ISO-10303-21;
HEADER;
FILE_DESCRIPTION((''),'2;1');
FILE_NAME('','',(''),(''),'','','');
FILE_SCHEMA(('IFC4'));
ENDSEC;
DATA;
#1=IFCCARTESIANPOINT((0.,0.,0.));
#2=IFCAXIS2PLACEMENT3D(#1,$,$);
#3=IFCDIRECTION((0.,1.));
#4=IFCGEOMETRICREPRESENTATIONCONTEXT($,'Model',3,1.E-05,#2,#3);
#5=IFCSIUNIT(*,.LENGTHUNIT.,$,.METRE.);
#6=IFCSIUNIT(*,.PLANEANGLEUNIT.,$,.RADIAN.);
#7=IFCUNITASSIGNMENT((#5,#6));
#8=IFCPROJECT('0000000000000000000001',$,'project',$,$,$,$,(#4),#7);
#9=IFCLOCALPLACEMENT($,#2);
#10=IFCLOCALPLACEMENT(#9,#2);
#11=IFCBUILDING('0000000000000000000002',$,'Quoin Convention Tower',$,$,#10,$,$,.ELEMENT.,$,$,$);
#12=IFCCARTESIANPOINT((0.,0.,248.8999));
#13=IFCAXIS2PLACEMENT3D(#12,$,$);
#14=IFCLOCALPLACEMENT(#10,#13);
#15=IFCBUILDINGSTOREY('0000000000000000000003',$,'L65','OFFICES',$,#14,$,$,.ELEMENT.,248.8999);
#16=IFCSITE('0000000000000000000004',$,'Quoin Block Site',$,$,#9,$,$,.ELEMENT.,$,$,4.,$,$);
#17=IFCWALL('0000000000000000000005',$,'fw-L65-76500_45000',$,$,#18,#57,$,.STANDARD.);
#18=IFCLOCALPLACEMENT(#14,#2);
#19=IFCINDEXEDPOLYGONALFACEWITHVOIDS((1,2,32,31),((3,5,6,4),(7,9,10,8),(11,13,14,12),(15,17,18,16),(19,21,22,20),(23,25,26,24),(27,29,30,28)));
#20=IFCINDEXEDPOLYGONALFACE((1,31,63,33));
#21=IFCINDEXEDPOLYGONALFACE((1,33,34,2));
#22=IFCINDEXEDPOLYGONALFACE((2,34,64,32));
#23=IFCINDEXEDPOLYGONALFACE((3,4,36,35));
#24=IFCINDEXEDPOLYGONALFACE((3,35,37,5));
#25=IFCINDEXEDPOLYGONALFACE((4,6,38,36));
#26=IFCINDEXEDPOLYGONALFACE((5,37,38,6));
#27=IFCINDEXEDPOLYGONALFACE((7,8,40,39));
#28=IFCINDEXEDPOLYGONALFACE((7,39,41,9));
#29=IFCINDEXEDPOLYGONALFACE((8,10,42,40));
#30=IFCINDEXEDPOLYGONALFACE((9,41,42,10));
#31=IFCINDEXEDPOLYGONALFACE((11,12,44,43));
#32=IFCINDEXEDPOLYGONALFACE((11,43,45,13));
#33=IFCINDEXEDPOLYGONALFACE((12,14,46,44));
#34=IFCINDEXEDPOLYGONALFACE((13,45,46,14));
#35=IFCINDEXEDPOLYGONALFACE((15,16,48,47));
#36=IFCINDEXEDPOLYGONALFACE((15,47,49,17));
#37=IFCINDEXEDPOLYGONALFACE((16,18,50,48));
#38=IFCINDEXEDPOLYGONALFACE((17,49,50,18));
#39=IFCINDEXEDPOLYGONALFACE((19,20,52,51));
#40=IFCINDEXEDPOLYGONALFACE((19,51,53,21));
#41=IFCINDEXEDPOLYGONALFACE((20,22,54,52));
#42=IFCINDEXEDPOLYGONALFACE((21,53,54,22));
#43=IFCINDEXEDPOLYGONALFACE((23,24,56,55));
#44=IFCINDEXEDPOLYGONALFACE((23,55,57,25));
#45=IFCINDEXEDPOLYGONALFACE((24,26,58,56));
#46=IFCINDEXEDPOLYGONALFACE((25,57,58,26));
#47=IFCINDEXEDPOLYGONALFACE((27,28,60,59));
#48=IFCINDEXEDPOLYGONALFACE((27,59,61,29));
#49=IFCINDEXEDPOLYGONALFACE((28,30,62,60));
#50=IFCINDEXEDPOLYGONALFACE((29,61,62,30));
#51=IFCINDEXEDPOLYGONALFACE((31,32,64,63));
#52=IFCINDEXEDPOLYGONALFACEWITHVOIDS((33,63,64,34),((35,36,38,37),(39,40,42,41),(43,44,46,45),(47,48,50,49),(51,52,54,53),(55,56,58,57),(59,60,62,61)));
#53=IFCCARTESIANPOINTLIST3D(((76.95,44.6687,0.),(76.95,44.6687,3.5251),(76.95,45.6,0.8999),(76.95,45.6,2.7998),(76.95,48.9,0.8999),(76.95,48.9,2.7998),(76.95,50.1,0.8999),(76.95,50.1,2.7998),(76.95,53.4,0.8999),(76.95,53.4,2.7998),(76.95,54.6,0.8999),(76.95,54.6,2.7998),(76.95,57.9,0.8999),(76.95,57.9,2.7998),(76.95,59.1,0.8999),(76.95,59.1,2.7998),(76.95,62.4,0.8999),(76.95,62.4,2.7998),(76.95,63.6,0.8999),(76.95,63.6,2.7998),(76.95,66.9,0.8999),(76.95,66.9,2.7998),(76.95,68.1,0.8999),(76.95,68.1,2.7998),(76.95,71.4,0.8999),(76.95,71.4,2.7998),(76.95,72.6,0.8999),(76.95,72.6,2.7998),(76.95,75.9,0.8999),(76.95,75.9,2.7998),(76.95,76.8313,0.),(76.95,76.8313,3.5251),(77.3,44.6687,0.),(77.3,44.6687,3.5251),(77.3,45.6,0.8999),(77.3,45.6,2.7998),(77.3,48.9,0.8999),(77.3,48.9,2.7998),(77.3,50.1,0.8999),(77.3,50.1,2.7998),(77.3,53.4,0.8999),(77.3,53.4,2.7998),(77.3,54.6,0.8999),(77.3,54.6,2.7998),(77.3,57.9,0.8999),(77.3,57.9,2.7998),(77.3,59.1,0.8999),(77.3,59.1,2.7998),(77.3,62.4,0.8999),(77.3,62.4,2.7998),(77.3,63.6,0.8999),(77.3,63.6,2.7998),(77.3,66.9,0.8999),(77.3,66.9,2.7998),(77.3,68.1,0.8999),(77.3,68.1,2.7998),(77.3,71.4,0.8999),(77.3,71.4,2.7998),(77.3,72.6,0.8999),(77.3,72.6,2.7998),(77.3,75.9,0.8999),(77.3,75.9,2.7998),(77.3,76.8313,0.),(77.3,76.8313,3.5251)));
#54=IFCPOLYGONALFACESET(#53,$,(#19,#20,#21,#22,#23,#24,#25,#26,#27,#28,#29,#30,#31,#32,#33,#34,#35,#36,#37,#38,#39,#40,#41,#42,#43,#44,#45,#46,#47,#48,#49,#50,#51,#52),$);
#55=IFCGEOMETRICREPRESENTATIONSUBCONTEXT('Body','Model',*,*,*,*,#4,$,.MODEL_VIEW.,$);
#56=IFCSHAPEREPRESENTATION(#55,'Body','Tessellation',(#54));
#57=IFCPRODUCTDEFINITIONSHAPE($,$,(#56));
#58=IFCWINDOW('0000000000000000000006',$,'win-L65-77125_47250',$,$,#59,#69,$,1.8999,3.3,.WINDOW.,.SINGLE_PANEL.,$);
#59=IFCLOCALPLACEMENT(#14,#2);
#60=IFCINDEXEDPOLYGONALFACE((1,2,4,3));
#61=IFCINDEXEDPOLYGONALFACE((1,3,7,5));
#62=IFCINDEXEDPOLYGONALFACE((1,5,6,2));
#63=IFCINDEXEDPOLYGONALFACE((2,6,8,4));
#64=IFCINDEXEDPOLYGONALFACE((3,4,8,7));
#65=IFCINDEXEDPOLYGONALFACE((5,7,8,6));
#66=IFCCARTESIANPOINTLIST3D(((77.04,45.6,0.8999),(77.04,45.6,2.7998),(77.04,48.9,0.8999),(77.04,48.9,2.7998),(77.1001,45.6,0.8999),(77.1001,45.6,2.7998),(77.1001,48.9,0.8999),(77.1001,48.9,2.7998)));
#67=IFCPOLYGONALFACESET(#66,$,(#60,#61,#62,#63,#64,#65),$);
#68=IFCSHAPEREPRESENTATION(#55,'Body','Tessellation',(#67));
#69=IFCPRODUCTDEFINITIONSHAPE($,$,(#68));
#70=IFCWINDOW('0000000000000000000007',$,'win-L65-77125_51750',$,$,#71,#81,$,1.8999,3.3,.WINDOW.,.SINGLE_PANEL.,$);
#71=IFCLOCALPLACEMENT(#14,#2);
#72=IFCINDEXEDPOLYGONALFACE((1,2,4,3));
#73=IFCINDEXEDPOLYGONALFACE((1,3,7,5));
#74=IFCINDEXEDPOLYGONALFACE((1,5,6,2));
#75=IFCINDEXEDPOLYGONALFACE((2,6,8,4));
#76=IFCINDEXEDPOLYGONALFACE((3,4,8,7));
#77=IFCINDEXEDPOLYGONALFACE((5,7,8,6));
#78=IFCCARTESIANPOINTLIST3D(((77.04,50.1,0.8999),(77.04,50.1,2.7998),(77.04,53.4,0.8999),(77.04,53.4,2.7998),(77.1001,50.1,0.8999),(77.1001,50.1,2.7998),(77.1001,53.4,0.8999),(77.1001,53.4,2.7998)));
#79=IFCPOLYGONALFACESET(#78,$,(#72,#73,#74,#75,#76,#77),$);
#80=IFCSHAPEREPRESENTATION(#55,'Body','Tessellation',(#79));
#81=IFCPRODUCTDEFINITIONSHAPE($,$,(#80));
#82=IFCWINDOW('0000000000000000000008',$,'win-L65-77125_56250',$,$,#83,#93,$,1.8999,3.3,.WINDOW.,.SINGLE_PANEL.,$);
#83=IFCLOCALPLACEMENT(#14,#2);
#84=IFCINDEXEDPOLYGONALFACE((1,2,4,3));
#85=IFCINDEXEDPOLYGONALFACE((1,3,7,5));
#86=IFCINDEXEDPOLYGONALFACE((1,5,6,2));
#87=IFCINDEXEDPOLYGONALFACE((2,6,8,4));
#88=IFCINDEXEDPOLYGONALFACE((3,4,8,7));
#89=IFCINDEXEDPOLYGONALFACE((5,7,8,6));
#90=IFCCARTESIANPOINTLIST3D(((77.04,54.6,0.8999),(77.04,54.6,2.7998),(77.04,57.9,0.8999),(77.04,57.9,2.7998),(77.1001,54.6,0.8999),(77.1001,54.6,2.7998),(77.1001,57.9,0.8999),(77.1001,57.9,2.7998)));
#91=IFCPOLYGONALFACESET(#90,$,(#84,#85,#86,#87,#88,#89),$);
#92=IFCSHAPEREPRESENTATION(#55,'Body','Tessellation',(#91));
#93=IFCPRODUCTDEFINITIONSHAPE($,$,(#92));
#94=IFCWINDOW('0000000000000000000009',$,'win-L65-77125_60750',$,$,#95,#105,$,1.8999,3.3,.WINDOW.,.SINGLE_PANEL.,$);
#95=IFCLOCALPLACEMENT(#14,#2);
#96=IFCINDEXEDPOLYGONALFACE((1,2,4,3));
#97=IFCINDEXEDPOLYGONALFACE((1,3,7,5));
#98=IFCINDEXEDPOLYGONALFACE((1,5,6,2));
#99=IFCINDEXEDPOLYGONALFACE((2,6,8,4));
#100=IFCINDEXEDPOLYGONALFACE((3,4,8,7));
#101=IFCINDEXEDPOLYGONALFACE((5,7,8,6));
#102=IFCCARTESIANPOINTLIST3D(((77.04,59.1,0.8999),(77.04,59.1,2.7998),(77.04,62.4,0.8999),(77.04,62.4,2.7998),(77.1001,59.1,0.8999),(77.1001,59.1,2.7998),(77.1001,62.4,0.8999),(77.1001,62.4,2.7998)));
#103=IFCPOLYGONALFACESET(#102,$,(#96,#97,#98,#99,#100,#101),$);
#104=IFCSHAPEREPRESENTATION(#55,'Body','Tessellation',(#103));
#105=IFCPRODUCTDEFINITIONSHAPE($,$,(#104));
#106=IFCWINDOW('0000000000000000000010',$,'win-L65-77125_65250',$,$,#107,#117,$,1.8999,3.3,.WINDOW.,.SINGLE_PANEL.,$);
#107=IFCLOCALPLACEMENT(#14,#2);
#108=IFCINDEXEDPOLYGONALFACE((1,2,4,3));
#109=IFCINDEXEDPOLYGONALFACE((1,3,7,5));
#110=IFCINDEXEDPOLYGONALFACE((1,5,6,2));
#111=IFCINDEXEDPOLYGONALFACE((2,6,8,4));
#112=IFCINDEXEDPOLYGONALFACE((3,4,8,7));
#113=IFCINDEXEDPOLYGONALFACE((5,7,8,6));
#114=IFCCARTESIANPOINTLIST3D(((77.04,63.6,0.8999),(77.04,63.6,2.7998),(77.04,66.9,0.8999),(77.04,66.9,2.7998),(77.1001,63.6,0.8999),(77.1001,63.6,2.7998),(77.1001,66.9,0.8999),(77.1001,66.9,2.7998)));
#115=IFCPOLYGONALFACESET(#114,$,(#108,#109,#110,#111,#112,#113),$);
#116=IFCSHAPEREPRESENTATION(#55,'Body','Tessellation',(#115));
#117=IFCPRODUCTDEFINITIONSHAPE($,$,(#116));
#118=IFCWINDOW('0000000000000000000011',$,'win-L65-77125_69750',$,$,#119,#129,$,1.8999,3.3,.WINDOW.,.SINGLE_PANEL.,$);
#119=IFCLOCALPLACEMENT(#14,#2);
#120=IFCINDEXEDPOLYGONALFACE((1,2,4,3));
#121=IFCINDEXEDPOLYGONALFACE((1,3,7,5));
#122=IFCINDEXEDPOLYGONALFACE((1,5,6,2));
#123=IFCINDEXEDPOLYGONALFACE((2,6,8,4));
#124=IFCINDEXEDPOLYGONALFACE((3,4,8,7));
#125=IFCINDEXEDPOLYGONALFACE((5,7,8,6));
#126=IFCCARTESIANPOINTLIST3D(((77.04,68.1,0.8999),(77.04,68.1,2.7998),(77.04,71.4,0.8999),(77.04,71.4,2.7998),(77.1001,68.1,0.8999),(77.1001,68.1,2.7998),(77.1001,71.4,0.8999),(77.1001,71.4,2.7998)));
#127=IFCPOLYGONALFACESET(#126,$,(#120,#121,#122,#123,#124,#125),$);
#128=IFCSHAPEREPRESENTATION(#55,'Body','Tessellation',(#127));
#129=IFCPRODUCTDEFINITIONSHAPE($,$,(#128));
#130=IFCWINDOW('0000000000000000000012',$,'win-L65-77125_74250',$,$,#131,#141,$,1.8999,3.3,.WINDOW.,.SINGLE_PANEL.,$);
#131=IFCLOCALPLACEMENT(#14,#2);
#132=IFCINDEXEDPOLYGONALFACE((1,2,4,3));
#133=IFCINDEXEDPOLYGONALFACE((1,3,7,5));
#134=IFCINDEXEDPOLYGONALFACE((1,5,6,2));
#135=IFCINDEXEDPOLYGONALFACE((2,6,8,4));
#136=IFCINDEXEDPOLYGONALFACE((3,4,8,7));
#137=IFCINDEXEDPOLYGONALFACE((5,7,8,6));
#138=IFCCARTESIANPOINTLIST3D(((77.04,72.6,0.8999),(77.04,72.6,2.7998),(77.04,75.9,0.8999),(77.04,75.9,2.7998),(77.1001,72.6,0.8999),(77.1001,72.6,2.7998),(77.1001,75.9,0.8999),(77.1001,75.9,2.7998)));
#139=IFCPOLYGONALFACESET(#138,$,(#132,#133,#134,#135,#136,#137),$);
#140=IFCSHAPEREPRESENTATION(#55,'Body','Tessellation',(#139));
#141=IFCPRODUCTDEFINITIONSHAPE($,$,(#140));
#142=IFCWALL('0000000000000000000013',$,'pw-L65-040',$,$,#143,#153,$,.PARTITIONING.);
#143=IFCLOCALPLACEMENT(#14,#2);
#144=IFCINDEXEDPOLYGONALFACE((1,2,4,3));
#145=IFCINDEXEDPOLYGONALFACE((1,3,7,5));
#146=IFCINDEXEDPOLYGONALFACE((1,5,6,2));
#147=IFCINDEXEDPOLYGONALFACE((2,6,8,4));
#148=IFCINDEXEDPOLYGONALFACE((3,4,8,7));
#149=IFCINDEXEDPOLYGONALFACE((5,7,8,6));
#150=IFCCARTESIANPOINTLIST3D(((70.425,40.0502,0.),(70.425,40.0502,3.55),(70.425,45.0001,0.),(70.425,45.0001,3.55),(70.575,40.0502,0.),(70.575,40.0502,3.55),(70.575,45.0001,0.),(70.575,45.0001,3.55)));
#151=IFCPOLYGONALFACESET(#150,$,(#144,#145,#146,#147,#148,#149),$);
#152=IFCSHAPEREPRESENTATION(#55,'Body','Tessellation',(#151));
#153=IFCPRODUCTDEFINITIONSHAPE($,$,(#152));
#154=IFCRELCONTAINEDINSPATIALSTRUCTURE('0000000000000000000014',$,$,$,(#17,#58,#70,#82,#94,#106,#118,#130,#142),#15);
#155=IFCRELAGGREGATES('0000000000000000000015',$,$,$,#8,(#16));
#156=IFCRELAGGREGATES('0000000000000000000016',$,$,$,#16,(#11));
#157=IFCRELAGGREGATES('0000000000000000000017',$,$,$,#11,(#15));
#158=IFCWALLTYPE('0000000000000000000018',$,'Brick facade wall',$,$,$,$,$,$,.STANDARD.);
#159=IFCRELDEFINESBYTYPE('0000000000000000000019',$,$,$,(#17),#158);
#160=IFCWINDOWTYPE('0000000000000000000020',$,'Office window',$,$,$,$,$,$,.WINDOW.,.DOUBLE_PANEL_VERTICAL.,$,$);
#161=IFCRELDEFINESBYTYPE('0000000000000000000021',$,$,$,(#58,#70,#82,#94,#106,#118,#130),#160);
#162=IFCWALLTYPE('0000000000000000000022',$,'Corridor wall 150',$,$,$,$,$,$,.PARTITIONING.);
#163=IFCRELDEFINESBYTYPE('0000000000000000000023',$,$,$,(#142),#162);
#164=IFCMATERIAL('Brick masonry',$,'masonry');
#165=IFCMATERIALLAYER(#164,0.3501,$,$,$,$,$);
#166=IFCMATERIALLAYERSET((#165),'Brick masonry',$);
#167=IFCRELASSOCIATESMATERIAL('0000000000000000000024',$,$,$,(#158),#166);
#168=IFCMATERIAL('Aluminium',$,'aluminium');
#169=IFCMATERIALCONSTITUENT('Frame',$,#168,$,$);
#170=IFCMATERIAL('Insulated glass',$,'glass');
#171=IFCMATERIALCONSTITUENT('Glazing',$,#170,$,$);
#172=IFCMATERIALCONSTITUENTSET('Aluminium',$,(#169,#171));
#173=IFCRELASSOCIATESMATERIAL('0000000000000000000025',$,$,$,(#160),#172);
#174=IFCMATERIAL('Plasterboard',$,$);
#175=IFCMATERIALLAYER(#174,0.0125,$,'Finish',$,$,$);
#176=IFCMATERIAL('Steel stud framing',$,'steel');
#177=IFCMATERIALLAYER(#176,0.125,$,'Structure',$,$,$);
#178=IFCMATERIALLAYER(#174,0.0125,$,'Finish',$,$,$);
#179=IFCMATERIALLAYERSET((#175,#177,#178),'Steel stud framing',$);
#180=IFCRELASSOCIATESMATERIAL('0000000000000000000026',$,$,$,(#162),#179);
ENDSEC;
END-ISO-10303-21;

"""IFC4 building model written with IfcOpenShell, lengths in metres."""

from ifc_helpers import new_model, si_unit, direction, frame, frame_2d, origin, place, context, subcontext, project, spatial, rectangle, extrude, material, layer, layer_set, constituent, constituent_set, type_object, element, fill, save


model = new_model("IFC4")

# Units and contexts
model_context = context("Model", 3, precision=1e-05, world=origin(), true_north=direction((0.0, 1.0)))
body_context = subcontext(model_context, "Body", "Model", "MODEL_VIEW")
ifc_project = project(units=[si_unit("LENGTHUNIT", "METRE"), si_unit("PLANEANGLEUNIT", "RADIAN")], contexts=[model_context])

# Site, building, storey
site_placement = place(None, origin())
site = spatial("IfcSite", under=ifc_project, at=site_placement, Name="Quoin Block Site", CompositionType="ELEMENT", RefElevation=4.0)
building_placement = place(site_placement, origin())
building = spatial("IfcBuilding", under=site, at=building_placement, Name="Quoin Convention Tower", CompositionType="ELEMENT")
storey_placement = place(building_placement, frame((0.0, 0.0, 248.8999)))
storey = spatial("IfcBuildingStorey", under=building, at=storey_placement, Name="L65", Description="OFFICES", CompositionType="ELEMENT", Elevation=248.8999)

# Shared definitions
ifc_material_1 = material(Name="Brick masonry", Category="masonry")
ifc_layer_1 = layer(ifc_material_1, 0.3501)
ifc_layer_set_1 = layer_set([ifc_layer_1], Name="Brick masonry")
wall_type_1 = type_object("IfcWallType", Name="Brick facade wall", PredefinedType="STANDARD", material=ifc_layer_set_1)
ifc_material_2 = material(Name="Aluminium", Category="aluminium")
ifc_constituent_1 = constituent(ifc_material_2, Name="Frame")
ifc_material_3 = material(Name="Insulated glass", Category="glass")
ifc_constituent_2 = constituent(ifc_material_3, Name="Glazing")
ifc_constituent_set = constituent_set(constituents=[ifc_constituent_1, ifc_constituent_2], Name="Aluminium")
window_type = type_object("IfcWindowType", Name="Office window", PartitioningType="DOUBLE_PANEL_VERTICAL", PredefinedType="WINDOW", material=ifc_constituent_set)

# Wall, openings, windows
wall_1_placement = place(storey_placement, frame((77.125, 44.6687, 0.0), z_axis=(0.0, 0.0, 1.0), x_axis=(0.0, 1.0, 0.0)))
wall_1 = element("IfcWall", 1, at=wall_1_placement, inside=storey, type_object=wall_type_1, Name="fw-L65-76500_45000", PredefinedType="STANDARD", context=body_context, shape_type="SweptSolid", body=[
    extrude(rectangle(XDim=32.1626, YDim=0.3501, at=frame_2d((16.0813, 0.0))), origin(), (0.0, 0.0, 1.0), 3.5251),
])
opening_1_placement = place(wall_1_placement, frame((0.9314, 0.0, 0.8999)))
opening_1 = element("IfcOpeningElement", 2, at=opening_1_placement, cuts=wall_1, PredefinedType="OPENING", context=body_context, shape_type="SweptSolid", body=[
    extrude(rectangle(XDim=3.3, YDim=1.8999, at=frame_2d((1.6499, 0.95))), frame((0.0, 0.1851, 0.0), z_axis=(0.0, -1.0, 0.0), x_axis=(1.0, 0.0, 0.0)), (0.0, 0.0, 1.0), 0.3701),
])
opening_2_placement = place(wall_1_placement, frame((5.4314, 0.0, 0.8999)))
opening_2 = element("IfcOpeningElement", 3, at=opening_2_placement, cuts=wall_1, PredefinedType="OPENING", context=body_context, shape_type="SweptSolid", body=[
    extrude(rectangle(XDim=3.3, YDim=1.8999, at=frame_2d((1.6499, 0.95))), frame((0.0, 0.1851, 0.0), z_axis=(0.0, -1.0, 0.0), x_axis=(1.0, 0.0, 0.0)), (0.0, 0.0, 1.0), 0.3701),
])
opening_3_placement = place(wall_1_placement, frame((9.9314, 0.0, 0.8999)))
opening_3 = element("IfcOpeningElement", 4, at=opening_3_placement, cuts=wall_1, PredefinedType="OPENING", context=body_context, shape_type="SweptSolid", body=[
    extrude(rectangle(XDim=3.3, YDim=1.8999, at=frame_2d((1.6499, 0.95))), frame((0.0, 0.1851, 0.0), z_axis=(0.0, -1.0, 0.0), x_axis=(1.0, 0.0, 0.0)), (0.0, 0.0, 1.0), 0.3701),
])
opening_4_placement = place(wall_1_placement, frame((14.4314, 0.0, 0.8999)))
opening_4 = element("IfcOpeningElement", 5, at=opening_4_placement, cuts=wall_1, PredefinedType="OPENING", context=body_context, shape_type="SweptSolid", body=[
    extrude(rectangle(XDim=3.3, YDim=1.8999, at=frame_2d((1.6499, 0.95))), frame((0.0, 0.1851, 0.0), z_axis=(0.0, -1.0, 0.0), x_axis=(1.0, 0.0, 0.0)), (0.0, 0.0, 1.0), 0.3701),
])
opening_5_placement = place(wall_1_placement, frame((18.9314, 0.0, 0.8999)))
opening_5 = element("IfcOpeningElement", 6, at=opening_5_placement, cuts=wall_1, PredefinedType="OPENING", context=body_context, shape_type="SweptSolid", body=[
    extrude(rectangle(XDim=3.3, YDim=1.8999, at=frame_2d((1.6499, 0.95))), frame((0.0, 0.1851, 0.0), z_axis=(0.0, -1.0, 0.0), x_axis=(1.0, 0.0, 0.0)), (0.0, 0.0, 1.0), 0.3701),
])
opening_6_placement = place(wall_1_placement, frame((23.4314, 0.0, 0.8999)))
opening_6 = element("IfcOpeningElement", 7, at=opening_6_placement, cuts=wall_1, PredefinedType="OPENING", context=body_context, shape_type="SweptSolid", body=[
    extrude(rectangle(XDim=3.3, YDim=1.8999, at=frame_2d((1.6499, 0.95))), frame((0.0, 0.1851, 0.0), z_axis=(0.0, -1.0, 0.0), x_axis=(1.0, 0.0, 0.0)), (0.0, 0.0, 1.0), 0.3701),
])
opening_7_placement = place(wall_1_placement, frame((27.9314, 0.0, 0.8999)))
opening_7 = element("IfcOpeningElement", 8, at=opening_7_placement, cuts=wall_1, PredefinedType="OPENING", context=body_context, shape_type="SweptSolid", body=[
    extrude(rectangle(XDim=3.3, YDim=1.8999, at=frame_2d((1.6499, 0.95))), frame((0.0, 0.1851, 0.0), z_axis=(0.0, -1.0, 0.0), x_axis=(1.0, 0.0, 0.0)), (0.0, 0.0, 1.0), 0.3701),
])
window_1_placement = place(opening_1_placement, origin())
window_1 = element("IfcWindow", 9, at=window_1_placement, inside=storey, type_object=window_type, Name="win-L65-77125_47250", OverallHeight=1.8999, OverallWidth=3.3, PartitioningType="SINGLE_PANEL", PredefinedType="WINDOW", context=body_context, shape_type="SweptSolid", body=[
    extrude(rectangle(XDim=3.3, YDim=1.8999, at=frame_2d((1.6499, 0.95))), frame((0.0, 0.085, 0.0), z_axis=(0.0, -1.0, 0.0), x_axis=(1.0, 0.0, 0.0)), (0.0, 0.0, 1.0), 0.0601),
])
fill(opening_1, window_1)
window_2_placement = place(opening_2_placement, origin())
window_2 = element("IfcWindow", 10, at=window_2_placement, inside=storey, type_object=window_type, Name="win-L65-77125_51750", OverallHeight=1.8999, OverallWidth=3.3, PartitioningType="SINGLE_PANEL", PredefinedType="WINDOW", context=body_context, shape_type="SweptSolid", body=[
    extrude(rectangle(XDim=3.3, YDim=1.8999, at=frame_2d((1.6499, 0.95))), frame((0.0, 0.085, 0.0), z_axis=(0.0, -1.0, 0.0), x_axis=(1.0, 0.0, 0.0)), (0.0, 0.0, 1.0), 0.0601),
])
fill(opening_2, window_2)
window_3_placement = place(opening_3_placement, origin())
window_3 = element("IfcWindow", 11, at=window_3_placement, inside=storey, type_object=window_type, Name="win-L65-77125_56250", OverallHeight=1.8999, OverallWidth=3.3, PartitioningType="SINGLE_PANEL", PredefinedType="WINDOW", context=body_context, shape_type="SweptSolid", body=[
    extrude(rectangle(XDim=3.3, YDim=1.8999, at=frame_2d((1.6499, 0.95))), frame((0.0, 0.085, 0.0), z_axis=(0.0, -1.0, 0.0), x_axis=(1.0, 0.0, 0.0)), (0.0, 0.0, 1.0), 0.0601),
])
fill(opening_3, window_3)
window_4_placement = place(opening_4_placement, origin())
window_4 = element("IfcWindow", 12, at=window_4_placement, inside=storey, type_object=window_type, Name="win-L65-77125_60750", OverallHeight=1.8999, OverallWidth=3.3, PartitioningType="SINGLE_PANEL", PredefinedType="WINDOW", context=body_context, shape_type="SweptSolid", body=[
    extrude(rectangle(XDim=3.3, YDim=1.8999, at=frame_2d((1.6499, 0.95))), frame((0.0, 0.085, 0.0), z_axis=(0.0, -1.0, 0.0), x_axis=(1.0, 0.0, 0.0)), (0.0, 0.0, 1.0), 0.0601),
])
fill(opening_4, window_4)
window_5_placement = place(opening_5_placement, origin())
window_5 = element("IfcWindow", 13, at=window_5_placement, inside=storey, type_object=window_type, Name="win-L65-77125_65250", OverallHeight=1.8999, OverallWidth=3.3, PartitioningType="SINGLE_PANEL", PredefinedType="WINDOW", context=body_context, shape_type="SweptSolid", body=[
    extrude(rectangle(XDim=3.3, YDim=1.8999, at=frame_2d((1.6499, 0.95))), frame((0.0, 0.085, 0.0), z_axis=(0.0, -1.0, 0.0), x_axis=(1.0, 0.0, 0.0)), (0.0, 0.0, 1.0), 0.0601),
])
fill(opening_5, window_5)
window_6_placement = place(opening_6_placement, origin())
window_6 = element("IfcWindow", 14, at=window_6_placement, inside=storey, type_object=window_type, Name="win-L65-77125_69750", OverallHeight=1.8999, OverallWidth=3.3, PartitioningType="SINGLE_PANEL", PredefinedType="WINDOW", context=body_context, shape_type="SweptSolid", body=[
    extrude(rectangle(XDim=3.3, YDim=1.8999, at=frame_2d((1.6499, 0.95))), frame((0.0, 0.085, 0.0), z_axis=(0.0, -1.0, 0.0), x_axis=(1.0, 0.0, 0.0)), (0.0, 0.0, 1.0), 0.0601),
])
fill(opening_6, window_6)
window_7_placement = place(opening_7_placement, origin())
window_7 = element("IfcWindow", 15, at=window_7_placement, inside=storey, type_object=window_type, Name="win-L65-77125_74250", OverallHeight=1.8999, OverallWidth=3.3, PartitioningType="SINGLE_PANEL", PredefinedType="WINDOW", context=body_context, shape_type="SweptSolid", body=[
    extrude(rectangle(XDim=3.3, YDim=1.8999, at=frame_2d((1.6499, 0.95))), frame((0.0, 0.085, 0.0), z_axis=(0.0, -1.0, 0.0), x_axis=(1.0, 0.0, 0.0)), (0.0, 0.0, 1.0), 0.0601),
])
fill(opening_7, window_7)

# Wall
ifc_material_4 = material(Name="Plasterboard")
ifc_layer_2 = layer(ifc_material_4, 0.0125, Name="Finish")
ifc_material_5 = material(Name="Steel stud framing", Category="steel")
ifc_layer_3 = layer(ifc_material_5, 0.125, Name="Structure")
ifc_layer_4 = layer(ifc_material_4, 0.0125, Name="Finish")
ifc_layer_set_2 = layer_set([ifc_layer_2, ifc_layer_3, ifc_layer_4], Name="Steel stud framing")
wall_type_2 = type_object("IfcWallType", Name="Corridor wall 150", PredefinedType="PARTITIONING", material=ifc_layer_set_2)
wall_2_placement = place(storey_placement, frame((70.5, 40.05, 0.0), z_axis=(0.0, 0.0, 1.0), x_axis=(0.0, 1.0, 0.0)))
element("IfcWall", 16, at=wall_2_placement, inside=storey, type_object=wall_type_2, Name="pw-L65-040", PredefinedType="PARTITIONING", context=body_context, shape_type="SweptSolid", body=[
    extrude(rectangle(XDim=4.95, YDim=0.1499, at=frame_2d((2.4751, 0.0))), origin(), (0.0, 0.0, 1.0), 3.55),
])

save(model, "model.ifc")
